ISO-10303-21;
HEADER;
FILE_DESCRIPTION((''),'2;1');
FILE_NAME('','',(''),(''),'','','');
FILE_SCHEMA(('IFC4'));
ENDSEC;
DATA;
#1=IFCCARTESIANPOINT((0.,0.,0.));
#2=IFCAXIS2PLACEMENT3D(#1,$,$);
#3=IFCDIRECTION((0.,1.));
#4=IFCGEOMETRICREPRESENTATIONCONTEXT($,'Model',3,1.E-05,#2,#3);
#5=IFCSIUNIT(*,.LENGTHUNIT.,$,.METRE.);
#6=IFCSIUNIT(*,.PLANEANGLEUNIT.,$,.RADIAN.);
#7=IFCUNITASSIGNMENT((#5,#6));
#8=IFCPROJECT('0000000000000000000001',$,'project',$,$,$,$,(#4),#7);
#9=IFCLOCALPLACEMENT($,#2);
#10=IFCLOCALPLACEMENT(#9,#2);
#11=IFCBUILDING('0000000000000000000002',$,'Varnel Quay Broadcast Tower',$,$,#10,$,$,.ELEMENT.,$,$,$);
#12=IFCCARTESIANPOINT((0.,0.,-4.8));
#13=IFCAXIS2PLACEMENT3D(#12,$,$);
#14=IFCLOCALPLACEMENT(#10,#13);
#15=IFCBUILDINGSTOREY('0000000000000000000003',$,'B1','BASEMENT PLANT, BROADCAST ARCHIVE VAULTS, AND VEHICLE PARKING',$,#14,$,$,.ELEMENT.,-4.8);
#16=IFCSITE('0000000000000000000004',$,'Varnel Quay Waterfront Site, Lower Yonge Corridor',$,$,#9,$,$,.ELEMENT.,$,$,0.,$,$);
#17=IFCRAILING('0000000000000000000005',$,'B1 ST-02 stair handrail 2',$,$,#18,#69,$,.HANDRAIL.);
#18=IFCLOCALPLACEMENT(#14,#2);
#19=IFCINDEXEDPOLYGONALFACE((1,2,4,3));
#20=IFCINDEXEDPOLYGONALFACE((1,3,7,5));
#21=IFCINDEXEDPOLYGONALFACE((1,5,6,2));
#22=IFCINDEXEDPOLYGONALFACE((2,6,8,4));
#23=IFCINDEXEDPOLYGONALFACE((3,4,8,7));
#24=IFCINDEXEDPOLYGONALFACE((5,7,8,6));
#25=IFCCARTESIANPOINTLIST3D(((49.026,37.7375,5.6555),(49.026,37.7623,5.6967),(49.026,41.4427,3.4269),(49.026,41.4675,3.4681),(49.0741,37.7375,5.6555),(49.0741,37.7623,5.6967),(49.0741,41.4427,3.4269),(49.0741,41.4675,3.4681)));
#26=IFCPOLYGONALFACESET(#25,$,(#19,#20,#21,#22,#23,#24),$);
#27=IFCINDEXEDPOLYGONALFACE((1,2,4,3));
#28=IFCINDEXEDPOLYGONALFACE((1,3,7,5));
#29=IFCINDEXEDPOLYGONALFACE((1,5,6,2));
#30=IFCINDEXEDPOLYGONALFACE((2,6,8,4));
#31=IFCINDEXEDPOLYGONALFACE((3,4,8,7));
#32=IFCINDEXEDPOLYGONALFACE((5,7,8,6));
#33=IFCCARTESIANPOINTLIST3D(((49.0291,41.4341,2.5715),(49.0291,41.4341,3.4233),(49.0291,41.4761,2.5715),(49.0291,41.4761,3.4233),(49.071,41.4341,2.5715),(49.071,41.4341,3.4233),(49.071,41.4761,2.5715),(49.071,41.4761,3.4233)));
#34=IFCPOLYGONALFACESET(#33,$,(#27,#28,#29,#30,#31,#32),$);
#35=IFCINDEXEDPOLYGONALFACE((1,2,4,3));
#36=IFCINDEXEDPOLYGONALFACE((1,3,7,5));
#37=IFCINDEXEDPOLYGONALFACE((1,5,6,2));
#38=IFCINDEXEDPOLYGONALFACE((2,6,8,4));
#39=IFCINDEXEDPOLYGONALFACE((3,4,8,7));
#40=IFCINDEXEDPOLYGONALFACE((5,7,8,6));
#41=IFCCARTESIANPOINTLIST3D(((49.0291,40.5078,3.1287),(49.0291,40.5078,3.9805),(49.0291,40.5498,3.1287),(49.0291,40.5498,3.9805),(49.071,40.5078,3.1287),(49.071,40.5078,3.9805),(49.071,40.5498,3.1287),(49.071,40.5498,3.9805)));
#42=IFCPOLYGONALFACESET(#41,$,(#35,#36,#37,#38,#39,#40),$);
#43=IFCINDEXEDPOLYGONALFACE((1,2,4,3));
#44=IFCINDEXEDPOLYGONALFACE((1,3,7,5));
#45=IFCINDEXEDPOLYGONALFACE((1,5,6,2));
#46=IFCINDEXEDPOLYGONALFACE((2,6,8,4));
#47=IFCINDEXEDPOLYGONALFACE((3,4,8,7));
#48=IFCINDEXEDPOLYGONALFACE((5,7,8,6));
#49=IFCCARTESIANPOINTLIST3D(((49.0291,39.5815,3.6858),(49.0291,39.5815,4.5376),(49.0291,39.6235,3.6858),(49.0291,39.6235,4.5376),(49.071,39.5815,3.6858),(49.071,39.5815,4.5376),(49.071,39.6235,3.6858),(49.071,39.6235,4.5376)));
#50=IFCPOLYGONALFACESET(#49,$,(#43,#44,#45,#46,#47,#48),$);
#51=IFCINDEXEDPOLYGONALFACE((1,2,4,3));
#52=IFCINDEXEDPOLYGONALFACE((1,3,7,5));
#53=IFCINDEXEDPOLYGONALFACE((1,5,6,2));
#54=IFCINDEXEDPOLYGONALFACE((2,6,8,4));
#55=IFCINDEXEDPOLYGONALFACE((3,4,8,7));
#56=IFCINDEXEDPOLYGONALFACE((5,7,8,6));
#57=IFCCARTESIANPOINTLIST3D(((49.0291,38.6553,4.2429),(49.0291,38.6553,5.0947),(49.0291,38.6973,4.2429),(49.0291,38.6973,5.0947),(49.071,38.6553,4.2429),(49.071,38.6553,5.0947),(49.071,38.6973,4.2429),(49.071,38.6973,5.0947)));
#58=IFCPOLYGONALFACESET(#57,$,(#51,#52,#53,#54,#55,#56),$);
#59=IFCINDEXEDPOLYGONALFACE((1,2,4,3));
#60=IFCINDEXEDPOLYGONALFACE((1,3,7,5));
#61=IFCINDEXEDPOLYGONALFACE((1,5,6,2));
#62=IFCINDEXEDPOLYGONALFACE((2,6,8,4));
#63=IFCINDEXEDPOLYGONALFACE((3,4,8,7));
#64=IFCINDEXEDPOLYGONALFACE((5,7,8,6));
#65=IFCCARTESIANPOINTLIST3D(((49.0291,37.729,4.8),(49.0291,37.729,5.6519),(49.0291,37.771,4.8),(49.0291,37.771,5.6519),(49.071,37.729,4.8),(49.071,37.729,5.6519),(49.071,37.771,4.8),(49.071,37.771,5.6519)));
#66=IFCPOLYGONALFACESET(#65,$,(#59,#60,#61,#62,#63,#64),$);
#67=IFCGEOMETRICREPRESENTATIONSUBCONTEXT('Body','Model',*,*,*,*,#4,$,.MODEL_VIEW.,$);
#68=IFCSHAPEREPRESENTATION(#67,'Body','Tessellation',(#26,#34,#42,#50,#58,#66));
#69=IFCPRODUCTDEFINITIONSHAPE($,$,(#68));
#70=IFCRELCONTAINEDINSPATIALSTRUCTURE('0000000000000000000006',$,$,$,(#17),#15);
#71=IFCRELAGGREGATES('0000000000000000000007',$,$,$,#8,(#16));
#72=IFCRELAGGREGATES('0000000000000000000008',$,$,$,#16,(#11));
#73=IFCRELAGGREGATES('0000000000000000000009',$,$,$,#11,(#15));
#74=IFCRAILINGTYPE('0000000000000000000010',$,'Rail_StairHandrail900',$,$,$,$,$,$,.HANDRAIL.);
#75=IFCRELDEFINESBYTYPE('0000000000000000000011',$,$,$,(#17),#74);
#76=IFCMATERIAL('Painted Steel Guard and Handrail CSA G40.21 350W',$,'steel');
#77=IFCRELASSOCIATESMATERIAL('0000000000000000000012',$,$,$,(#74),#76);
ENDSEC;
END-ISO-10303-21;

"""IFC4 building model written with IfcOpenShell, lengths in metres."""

from ifc_helpers import new_model, si_unit, direction, frame, origin, origin_2d, place, context, subcontext, project, spatial, rectangle, extrude, material, type_object, element, save


model = new_model("IFC4")

# Units and contexts
model_context = context("Model", 3, precision=1e-05, world=origin(), true_north=direction((0.0, 1.0)))
body_context = subcontext(model_context, "Body", "Model", "MODEL_VIEW")
ifc_project = project(units=[si_unit("LENGTHUNIT", "METRE"), si_unit("PLANEANGLEUNIT", "RADIAN")], contexts=[model_context])

# Site, building, storey
site_placement = place(None, origin())
site = spatial("IfcSite", under=ifc_project, at=site_placement, Name="Varnel Quay Waterfront Site, Lower Yonge Corridor", CompositionType="ELEMENT", RefElevation=0.0)
building_placement = place(site_placement, origin())
building = spatial("IfcBuilding", under=site, at=building_placement, Name="Varnel Quay Broadcast Tower", CompositionType="ELEMENT")
storey_placement = place(building_placement, frame((0.0, 0.0, -4.8)))
storey = spatial("IfcBuildingStorey", under=building, at=storey_placement, Name="B1", Description="BASEMENT PLANT, BROADCAST ARCHIVE VAULTS, AND VEHICLE PARKING", CompositionType="ELEMENT", Elevation=-4.8)

# Railing
ifc_material_1 = material(Name="Painted Steel Guard and Handrail CSA G40.21 350W", Category="steel")
railing_type_1 = type_object("IfcRailingType", Name="Rail_StairHandrail900", PredefinedType="HANDRAIL", material=ifc_material_1)
railing_1_placement = place(storey_placement, frame((49.05, 41.4551, 2.5715)))
element("IfcRailing", 1, at=railing_1_placement, inside=storey, type_object=railing_type_1, Name="B1 ST-02 stair handrail 2", PredefinedType="HANDRAIL", context=body_context, shape_type="SweptSolid", body=[
    extrude(rectangle(XDim=0.0481, YDim=0.0481, at=origin_2d()), frame((0.0, 0.0, 0.876), z_axis=(0.0, -0.856934, 0.515425), x_axis=(1.0, 0.0, 0.0)), (0.0, 0.0, 1.0), 4.3237),
    extrude(rectangle(XDim=0.042, YDim=0.042, at=origin_2d()), origin(), (0.0, 0.0, 1.0), 0.8518),
    extrude(rectangle(XDim=0.042, YDim=0.042, at=origin_2d()), frame((0.0, -0.9263, 0.5571)), (0.0, 0.0, 1.0), 0.8518),
    extrude(rectangle(XDim=0.042, YDim=0.042, at=origin_2d()), frame((0.0, -1.8525, 1.1143)), (0.0, 0.0, 1.0), 0.8518),
    extrude(rectangle(XDim=0.042, YDim=0.042, at=origin_2d()), frame((0.0, -2.7788, 1.6714)), (0.0, 0.0, 1.0), 0.8518),
    extrude(rectangle(XDim=0.042, YDim=0.042, at=origin_2d()), frame((0.0, -3.7051, 2.2285)), (0.0, 0.0, 1.0), 0.8518),
])

save(model, "model.ifc")
